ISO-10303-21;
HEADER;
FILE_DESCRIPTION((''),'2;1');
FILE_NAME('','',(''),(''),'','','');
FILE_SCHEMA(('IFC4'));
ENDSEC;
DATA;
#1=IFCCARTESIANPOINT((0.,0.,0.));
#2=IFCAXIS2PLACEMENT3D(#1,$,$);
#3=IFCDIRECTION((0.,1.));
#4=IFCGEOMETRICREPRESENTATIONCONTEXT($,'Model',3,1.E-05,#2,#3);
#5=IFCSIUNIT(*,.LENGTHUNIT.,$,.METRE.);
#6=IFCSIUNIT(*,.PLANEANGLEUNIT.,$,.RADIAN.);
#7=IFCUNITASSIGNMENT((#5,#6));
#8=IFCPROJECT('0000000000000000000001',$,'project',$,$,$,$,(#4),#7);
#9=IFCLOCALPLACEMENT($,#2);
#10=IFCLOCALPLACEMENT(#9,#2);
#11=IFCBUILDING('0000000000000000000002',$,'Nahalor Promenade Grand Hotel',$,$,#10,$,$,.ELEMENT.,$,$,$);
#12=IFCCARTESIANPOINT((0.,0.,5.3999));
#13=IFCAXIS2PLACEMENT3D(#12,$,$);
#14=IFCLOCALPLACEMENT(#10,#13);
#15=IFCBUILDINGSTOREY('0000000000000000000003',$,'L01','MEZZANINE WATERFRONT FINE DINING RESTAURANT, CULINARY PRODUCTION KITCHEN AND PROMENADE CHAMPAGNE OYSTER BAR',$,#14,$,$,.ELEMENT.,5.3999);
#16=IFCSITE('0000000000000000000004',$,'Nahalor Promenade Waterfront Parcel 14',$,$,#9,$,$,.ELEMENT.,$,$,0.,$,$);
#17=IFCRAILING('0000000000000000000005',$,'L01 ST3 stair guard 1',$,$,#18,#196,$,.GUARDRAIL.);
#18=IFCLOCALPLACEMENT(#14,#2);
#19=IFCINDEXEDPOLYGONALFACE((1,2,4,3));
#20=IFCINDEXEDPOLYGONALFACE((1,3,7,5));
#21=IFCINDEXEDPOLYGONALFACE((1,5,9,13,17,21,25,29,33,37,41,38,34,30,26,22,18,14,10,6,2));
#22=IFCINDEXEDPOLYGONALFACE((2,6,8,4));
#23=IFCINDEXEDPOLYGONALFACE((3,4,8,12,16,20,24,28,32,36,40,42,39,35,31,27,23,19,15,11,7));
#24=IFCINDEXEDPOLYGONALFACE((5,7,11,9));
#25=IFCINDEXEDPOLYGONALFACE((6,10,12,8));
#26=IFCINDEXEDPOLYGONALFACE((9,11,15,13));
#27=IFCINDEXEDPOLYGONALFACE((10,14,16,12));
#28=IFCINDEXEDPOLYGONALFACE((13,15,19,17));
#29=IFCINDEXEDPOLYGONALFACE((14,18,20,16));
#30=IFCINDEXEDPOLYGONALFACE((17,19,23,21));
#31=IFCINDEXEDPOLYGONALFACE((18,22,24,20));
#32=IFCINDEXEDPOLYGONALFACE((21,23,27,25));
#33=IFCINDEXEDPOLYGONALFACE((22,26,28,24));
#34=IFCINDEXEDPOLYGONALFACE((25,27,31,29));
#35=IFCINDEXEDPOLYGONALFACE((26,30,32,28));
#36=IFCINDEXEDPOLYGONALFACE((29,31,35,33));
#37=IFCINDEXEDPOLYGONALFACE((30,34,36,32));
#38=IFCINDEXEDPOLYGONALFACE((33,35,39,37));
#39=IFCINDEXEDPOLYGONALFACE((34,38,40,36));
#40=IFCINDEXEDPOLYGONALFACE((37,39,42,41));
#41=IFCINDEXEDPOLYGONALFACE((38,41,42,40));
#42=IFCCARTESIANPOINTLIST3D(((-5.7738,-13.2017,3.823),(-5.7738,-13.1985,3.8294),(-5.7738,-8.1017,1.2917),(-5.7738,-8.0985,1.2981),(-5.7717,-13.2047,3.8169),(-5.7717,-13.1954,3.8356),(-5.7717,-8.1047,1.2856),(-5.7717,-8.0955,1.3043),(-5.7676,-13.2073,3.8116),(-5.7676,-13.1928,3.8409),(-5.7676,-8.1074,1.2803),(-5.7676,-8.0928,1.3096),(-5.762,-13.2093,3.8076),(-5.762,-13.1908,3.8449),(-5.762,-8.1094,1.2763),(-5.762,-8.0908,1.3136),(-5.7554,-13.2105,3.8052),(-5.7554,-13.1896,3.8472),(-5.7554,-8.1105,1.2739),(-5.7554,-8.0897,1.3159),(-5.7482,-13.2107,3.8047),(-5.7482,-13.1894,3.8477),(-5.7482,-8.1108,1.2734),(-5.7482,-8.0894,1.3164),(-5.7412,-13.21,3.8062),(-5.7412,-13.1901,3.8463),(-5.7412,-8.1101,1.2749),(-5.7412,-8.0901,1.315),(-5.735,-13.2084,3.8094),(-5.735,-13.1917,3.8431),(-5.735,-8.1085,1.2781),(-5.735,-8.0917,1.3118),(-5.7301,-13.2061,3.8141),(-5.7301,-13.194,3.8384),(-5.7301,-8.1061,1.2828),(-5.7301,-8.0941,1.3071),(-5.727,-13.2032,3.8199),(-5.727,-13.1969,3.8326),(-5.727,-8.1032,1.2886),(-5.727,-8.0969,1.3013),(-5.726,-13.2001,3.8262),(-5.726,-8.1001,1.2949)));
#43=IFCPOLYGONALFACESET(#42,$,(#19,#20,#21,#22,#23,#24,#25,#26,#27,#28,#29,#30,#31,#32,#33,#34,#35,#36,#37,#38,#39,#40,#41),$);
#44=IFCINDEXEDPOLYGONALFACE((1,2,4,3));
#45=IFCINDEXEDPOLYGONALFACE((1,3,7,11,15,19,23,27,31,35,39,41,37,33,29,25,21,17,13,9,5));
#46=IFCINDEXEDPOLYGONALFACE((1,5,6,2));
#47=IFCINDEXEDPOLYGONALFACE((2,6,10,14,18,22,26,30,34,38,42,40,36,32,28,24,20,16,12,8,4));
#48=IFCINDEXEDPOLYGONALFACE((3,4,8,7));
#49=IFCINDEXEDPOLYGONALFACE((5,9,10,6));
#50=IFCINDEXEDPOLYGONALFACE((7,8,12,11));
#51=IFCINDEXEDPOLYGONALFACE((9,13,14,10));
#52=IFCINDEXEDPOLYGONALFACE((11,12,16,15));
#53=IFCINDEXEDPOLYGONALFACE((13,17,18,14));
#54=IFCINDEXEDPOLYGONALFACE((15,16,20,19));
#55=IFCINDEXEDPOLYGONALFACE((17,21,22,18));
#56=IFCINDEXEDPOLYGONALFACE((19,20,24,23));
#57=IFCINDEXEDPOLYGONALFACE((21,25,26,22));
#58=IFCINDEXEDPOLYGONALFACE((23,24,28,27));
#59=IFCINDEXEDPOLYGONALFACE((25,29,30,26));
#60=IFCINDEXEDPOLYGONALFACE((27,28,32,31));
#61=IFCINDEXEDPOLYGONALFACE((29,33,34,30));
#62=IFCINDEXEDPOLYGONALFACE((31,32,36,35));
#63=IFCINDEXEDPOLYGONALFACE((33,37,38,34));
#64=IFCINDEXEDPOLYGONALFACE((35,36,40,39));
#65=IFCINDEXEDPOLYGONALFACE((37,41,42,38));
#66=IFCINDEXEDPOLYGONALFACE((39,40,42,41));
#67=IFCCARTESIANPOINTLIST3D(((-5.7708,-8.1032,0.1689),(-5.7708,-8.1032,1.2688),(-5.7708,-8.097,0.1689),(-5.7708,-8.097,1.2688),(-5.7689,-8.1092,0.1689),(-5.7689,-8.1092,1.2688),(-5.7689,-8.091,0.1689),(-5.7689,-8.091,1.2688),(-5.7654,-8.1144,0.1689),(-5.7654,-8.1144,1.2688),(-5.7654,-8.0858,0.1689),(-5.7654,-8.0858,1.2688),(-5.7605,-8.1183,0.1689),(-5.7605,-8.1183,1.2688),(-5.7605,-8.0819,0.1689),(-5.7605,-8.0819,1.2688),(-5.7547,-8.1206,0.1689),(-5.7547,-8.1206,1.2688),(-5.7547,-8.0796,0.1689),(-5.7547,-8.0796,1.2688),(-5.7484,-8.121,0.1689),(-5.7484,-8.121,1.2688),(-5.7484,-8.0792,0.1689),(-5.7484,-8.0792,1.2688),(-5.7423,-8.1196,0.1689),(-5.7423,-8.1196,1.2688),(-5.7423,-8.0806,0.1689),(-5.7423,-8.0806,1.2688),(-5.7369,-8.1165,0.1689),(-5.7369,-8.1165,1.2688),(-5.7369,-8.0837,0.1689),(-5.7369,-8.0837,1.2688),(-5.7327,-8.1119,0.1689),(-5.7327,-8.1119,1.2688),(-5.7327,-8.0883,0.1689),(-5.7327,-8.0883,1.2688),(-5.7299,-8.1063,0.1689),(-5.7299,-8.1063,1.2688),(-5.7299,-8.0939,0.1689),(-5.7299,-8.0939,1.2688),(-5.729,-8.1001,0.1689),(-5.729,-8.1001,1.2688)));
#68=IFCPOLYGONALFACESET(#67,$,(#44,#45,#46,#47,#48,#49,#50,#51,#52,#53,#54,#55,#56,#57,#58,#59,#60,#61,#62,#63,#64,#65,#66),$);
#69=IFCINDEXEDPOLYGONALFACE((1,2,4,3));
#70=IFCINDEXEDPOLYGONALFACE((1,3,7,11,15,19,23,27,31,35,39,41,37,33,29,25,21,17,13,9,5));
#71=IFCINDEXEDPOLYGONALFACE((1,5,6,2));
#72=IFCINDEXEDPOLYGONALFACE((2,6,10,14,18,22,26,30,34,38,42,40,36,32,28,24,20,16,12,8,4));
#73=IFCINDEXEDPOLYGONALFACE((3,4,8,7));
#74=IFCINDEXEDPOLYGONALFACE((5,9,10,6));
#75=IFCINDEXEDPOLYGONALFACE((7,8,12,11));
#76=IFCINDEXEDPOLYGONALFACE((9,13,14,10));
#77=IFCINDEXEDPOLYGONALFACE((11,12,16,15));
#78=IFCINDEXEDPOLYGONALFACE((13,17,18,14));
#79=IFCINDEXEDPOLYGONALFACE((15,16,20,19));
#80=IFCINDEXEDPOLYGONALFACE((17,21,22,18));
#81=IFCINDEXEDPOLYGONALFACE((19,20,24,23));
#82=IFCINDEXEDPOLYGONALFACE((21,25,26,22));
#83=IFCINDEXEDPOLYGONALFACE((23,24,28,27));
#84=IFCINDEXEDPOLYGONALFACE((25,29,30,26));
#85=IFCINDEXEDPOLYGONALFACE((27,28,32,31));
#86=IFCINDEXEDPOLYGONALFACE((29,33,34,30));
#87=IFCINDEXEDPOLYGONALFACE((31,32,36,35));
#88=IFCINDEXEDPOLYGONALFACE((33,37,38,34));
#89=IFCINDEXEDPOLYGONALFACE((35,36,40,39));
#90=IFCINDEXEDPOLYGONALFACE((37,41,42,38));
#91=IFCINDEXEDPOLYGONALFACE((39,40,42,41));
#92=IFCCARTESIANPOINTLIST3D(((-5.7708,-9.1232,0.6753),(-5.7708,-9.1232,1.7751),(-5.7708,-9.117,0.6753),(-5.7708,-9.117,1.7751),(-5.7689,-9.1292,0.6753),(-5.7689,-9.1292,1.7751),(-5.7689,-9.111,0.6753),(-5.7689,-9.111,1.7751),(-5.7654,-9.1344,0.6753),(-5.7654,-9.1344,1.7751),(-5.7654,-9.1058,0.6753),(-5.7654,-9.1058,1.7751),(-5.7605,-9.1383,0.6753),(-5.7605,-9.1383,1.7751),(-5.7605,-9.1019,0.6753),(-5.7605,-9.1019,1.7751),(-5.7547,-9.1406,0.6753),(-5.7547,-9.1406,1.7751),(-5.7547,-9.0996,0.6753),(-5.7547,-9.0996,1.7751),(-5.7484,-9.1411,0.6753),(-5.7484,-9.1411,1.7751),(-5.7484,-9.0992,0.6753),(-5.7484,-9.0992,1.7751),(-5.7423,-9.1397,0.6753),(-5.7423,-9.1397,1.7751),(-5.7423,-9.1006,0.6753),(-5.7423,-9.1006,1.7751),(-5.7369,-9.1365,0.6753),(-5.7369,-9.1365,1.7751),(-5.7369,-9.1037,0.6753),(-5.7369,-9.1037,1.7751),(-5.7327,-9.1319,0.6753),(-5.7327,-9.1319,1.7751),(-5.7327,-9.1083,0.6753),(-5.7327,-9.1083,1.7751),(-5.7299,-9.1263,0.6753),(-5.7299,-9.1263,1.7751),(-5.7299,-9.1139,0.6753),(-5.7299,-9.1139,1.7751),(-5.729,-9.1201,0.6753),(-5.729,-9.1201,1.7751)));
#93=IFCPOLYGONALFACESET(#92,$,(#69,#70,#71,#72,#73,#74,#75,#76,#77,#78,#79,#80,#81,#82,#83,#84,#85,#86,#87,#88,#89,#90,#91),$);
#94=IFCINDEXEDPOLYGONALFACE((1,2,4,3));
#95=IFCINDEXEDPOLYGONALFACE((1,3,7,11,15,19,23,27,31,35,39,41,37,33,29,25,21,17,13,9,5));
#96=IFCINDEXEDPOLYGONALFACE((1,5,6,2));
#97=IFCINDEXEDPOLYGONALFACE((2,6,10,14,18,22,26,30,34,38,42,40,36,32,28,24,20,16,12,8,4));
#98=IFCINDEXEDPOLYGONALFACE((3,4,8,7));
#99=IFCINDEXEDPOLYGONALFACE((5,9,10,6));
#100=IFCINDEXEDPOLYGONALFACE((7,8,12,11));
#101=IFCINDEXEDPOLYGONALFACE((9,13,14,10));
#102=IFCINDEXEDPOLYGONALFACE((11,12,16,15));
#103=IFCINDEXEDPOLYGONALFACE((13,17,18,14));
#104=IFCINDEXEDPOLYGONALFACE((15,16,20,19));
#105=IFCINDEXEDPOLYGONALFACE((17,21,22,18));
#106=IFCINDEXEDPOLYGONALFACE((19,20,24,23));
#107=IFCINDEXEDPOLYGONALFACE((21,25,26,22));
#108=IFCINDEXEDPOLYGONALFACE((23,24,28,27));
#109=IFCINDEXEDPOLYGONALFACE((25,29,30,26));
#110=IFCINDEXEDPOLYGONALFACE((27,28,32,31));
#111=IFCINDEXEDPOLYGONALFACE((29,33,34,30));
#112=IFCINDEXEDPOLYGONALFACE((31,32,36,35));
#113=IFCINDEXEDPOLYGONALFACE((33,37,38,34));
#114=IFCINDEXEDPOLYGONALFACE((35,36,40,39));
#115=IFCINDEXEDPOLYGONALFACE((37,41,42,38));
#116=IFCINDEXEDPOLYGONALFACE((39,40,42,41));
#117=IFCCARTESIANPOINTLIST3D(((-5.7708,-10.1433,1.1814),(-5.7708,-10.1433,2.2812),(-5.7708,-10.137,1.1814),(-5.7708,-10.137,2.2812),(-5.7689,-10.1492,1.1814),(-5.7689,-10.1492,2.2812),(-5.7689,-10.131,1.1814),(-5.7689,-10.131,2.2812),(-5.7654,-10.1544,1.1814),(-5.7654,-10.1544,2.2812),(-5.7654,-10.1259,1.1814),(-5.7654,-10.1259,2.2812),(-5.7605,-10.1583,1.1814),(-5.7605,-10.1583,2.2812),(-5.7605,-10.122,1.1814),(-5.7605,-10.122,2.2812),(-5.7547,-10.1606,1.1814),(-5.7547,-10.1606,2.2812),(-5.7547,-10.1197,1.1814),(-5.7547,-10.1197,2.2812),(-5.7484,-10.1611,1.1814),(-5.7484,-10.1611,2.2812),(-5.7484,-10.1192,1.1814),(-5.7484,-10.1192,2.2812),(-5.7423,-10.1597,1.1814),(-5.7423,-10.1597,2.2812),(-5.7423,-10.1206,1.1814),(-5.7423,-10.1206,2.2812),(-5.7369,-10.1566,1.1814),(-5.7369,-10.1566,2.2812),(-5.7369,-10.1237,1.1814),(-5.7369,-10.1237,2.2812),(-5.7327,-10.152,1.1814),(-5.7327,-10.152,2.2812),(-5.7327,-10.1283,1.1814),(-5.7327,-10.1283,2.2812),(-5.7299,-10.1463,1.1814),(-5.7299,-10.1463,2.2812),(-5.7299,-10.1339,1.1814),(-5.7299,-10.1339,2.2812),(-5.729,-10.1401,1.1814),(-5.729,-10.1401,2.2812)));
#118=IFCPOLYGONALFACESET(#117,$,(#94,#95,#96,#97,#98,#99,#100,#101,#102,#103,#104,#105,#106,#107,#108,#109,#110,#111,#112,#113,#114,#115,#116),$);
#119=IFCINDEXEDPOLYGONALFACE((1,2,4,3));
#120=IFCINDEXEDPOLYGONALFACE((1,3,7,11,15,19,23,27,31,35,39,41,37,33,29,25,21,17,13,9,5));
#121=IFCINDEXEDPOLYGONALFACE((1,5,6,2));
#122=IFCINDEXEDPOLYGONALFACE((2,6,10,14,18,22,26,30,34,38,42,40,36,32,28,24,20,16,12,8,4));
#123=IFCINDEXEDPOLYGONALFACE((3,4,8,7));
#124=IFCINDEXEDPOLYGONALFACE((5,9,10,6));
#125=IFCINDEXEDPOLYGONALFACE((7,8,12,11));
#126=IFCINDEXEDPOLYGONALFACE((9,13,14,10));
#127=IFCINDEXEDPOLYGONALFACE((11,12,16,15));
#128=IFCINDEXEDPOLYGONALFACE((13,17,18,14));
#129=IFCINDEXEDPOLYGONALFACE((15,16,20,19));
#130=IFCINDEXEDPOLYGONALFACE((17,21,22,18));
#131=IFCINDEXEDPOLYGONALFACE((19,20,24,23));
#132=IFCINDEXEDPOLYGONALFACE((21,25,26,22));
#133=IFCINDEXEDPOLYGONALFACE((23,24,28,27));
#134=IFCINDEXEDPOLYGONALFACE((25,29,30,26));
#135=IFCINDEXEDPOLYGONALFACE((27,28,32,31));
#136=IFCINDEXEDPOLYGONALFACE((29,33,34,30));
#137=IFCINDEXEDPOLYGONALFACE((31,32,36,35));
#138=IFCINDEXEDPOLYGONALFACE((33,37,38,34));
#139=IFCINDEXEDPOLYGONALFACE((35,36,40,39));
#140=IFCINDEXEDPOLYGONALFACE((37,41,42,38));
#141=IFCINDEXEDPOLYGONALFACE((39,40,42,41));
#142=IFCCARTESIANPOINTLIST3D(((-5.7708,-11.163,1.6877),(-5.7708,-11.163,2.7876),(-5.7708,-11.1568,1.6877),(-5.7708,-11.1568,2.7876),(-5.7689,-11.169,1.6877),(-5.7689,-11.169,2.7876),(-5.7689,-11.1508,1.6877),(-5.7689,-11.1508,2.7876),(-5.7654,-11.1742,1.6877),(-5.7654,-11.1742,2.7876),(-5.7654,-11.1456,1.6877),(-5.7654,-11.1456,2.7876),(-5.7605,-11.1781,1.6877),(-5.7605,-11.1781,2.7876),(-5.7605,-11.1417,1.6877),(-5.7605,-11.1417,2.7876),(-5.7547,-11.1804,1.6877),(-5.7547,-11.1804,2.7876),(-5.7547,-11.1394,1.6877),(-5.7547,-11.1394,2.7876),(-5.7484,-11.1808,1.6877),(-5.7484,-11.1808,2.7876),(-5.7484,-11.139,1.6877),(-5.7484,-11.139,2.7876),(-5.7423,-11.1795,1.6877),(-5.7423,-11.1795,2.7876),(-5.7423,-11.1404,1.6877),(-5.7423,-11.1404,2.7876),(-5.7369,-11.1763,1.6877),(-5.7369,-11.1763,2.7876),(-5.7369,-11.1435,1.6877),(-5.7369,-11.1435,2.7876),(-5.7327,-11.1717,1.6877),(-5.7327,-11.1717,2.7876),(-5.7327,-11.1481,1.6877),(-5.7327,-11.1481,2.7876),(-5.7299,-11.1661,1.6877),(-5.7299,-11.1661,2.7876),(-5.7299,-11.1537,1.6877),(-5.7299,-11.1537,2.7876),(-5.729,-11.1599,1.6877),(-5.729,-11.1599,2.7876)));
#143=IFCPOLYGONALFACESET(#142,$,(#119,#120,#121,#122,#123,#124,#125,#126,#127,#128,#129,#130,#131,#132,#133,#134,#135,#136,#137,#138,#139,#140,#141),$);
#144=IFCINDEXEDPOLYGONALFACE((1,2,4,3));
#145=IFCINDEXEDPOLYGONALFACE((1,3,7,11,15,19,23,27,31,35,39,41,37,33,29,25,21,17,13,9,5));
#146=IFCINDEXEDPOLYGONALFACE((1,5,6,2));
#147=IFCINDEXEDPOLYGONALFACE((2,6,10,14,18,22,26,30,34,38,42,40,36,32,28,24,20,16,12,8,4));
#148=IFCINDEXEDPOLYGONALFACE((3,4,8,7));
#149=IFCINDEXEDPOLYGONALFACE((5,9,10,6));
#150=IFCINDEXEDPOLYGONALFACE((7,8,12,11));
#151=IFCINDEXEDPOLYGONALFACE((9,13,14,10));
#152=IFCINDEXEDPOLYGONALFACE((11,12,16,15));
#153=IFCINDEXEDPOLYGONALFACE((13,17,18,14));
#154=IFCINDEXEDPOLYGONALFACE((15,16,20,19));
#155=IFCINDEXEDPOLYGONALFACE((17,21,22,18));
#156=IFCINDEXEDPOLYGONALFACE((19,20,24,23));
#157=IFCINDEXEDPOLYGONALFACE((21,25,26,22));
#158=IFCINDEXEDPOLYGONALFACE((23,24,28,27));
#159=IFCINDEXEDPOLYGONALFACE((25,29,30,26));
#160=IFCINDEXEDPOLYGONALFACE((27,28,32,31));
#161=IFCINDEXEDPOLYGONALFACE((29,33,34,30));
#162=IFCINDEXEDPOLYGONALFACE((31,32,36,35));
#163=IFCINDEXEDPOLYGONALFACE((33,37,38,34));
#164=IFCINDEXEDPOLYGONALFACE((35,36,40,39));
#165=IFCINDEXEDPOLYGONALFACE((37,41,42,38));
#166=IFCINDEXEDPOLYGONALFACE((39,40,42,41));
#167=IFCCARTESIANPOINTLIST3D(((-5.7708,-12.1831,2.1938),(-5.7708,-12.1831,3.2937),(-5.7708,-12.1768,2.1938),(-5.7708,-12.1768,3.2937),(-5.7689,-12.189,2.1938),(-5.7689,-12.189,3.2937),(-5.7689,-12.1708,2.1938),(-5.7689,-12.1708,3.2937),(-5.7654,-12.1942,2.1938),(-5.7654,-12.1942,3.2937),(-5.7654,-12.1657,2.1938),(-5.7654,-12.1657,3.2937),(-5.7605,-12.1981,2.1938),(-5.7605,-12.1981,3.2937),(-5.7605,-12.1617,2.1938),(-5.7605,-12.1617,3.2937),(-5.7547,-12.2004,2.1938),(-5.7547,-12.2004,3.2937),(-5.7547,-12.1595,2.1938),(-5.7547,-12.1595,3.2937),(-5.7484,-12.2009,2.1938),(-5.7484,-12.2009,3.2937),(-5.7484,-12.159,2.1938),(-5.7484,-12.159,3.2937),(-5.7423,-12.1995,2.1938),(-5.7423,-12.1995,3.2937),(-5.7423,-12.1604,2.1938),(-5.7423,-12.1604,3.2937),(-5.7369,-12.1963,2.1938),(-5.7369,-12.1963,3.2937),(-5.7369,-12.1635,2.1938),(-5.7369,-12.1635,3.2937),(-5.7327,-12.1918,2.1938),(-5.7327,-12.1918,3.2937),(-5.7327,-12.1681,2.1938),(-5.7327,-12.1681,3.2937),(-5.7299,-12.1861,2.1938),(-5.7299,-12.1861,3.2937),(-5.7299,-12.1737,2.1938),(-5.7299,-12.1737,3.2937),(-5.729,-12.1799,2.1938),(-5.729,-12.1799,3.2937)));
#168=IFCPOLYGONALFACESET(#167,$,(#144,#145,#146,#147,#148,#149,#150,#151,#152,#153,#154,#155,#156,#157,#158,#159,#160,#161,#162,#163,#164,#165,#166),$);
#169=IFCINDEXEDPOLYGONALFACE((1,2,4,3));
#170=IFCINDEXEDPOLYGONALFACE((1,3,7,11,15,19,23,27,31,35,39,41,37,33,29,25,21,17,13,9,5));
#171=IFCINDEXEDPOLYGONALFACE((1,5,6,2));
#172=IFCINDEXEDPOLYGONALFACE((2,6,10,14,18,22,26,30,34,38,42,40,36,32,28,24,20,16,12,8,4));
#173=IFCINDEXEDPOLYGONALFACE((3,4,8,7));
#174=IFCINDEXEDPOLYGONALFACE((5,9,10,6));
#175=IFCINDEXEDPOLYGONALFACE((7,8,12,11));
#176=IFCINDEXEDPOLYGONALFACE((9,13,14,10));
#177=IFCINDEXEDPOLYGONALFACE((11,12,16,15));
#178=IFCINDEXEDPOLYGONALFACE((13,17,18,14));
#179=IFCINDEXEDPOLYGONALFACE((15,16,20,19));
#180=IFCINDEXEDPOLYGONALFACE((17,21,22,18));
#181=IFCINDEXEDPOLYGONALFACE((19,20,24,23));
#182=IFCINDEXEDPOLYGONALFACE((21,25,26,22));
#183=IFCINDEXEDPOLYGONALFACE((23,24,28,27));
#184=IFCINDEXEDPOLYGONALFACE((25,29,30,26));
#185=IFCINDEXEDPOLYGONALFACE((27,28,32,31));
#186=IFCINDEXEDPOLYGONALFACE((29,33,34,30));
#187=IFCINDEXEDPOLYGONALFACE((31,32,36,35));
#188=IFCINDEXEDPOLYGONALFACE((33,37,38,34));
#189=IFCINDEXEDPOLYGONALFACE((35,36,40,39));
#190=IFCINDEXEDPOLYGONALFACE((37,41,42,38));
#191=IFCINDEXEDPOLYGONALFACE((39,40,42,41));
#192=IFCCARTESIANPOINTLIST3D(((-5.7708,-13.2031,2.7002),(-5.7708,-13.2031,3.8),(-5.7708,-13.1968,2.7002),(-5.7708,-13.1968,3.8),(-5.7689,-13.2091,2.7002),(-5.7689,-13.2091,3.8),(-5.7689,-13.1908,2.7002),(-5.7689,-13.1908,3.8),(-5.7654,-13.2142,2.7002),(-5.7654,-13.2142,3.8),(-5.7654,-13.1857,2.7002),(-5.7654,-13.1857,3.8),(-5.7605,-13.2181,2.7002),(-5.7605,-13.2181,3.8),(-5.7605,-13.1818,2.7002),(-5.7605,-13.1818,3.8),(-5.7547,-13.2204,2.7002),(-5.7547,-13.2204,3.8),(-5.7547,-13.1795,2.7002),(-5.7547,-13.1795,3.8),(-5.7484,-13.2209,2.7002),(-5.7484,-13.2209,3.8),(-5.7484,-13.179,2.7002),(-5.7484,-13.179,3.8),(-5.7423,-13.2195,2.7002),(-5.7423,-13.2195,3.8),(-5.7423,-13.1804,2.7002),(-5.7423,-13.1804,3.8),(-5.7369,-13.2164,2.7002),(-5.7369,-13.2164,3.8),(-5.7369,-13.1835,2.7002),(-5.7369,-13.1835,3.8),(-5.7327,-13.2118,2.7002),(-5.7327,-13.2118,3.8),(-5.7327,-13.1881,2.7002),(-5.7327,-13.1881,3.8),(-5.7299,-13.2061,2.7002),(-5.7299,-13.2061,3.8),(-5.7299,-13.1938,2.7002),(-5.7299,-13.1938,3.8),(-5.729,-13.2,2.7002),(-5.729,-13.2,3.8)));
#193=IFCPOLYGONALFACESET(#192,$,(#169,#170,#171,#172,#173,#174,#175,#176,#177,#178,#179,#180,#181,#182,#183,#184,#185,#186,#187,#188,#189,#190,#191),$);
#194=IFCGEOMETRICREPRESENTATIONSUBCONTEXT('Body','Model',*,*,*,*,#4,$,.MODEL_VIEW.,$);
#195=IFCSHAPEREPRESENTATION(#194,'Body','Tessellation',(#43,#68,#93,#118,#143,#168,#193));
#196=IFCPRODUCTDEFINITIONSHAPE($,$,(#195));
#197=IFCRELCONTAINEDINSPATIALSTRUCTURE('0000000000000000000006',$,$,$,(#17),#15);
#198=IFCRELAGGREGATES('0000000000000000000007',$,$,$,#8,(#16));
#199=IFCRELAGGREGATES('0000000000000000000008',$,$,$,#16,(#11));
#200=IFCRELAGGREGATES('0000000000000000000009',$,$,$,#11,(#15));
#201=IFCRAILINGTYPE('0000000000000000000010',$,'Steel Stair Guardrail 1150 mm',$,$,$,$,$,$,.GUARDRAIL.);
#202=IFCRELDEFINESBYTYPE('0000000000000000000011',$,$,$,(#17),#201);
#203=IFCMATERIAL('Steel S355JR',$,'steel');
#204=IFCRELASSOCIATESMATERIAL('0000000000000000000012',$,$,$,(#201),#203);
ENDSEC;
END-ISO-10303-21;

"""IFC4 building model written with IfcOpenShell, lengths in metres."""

from ifc_helpers import new_model, si_unit, direction, frame, origin, origin_2d, place, context, subcontext, project, spatial, circle, extrude, material, type_object, element, save


model = new_model("IFC4")

# Units and contexts
model_context = context("Model", 3, precision=1e-05, world=origin(), true_north=direction((0.0, 1.0)))
body_context = subcontext(model_context, "Body", "Model", "MODEL_VIEW")
ifc_project = project(units=[si_unit("LENGTHUNIT", "METRE"), si_unit("PLANEANGLEUNIT", "RADIAN")], contexts=[model_context])

# Site, building, storey
site_placement = place(None, origin())
site = spatial("IfcSite", under=ifc_project, at=site_placement, Name="Nahalor Promenade Waterfront Parcel 14", CompositionType="ELEMENT", RefElevation=0.0)
building_placement = place(site_placement, origin())
building = spatial("IfcBuilding", under=site, at=building_placement, Name="Nahalor Promenade Grand Hotel", CompositionType="ELEMENT")
storey_placement = place(building_placement, frame((0.0, 0.0, 5.3999)))
storey = spatial("IfcBuildingStorey", under=building, at=storey_placement, Name="L01", Description="MEZZANINE WATERFRONT FINE DINING RESTAURANT, CULINARY PRODUCTION KITCHEN AND PROMENADE CHAMPAGNE OYSTER BAR", CompositionType="ELEMENT", Elevation=5.3999)

# Shared definitions
ifc_material_1 = material(Name="Steel S355JR", Category="steel")

# Railing
railing_type_1 = type_object("IfcRailingType", Name="Steel Stair Guardrail 1150 mm", PredefinedType="GUARDRAIL", material=ifc_material_1)
railing_1_placement = place(storey_placement, frame((-5.75, -8.1001, 0.1689)))
element("IfcRailing", 1, at=railing_1_placement, inside=storey, type_object=railing_type_1, Name="L01 ST3 stair guard 1", PredefinedType="GUARDRAIL", context=body_context, shape_type="SweptSolid", body=[
    extrude(circle(Radius=0.024, at=origin_2d()), frame((0.0, 0.0, 1.126), z_axis=(0.0, -0.895735, 0.444587), x_axis=(1.0, 0.0, 0.0)), (0.0, 0.0, 1.0), 5.6936),
    extrude(circle(Radius=0.021, at=origin_2d()), origin(), (0.0, 0.0, 1.0), 1.0999),
    extrude(circle(Radius=0.021, at=origin_2d()), frame((0.0, -1.02, 0.5063)), (0.0, 0.0, 1.0), 1.0999),
    extrude(circle(Radius=0.021, at=origin_2d()), frame((0.0, -2.04, 1.0125)), (0.0, 0.0, 1.0), 1.0999),
    extrude(circle(Radius=0.021, at=origin_2d()), frame((0.0, -3.0598, 1.5188)), (0.0, 0.0, 1.0), 1.0999),
    extrude(circle(Radius=0.021, at=origin_2d()), frame((0.0, -4.0798, 2.0249)), (0.0, 0.0, 1.0), 1.0999),
    extrude(circle(Radius=0.021, at=origin_2d()), frame((0.0, -5.0999, 2.5312)), (0.0, 0.0, 1.0), 1.0999),
])

save(model, "model.ifc")
